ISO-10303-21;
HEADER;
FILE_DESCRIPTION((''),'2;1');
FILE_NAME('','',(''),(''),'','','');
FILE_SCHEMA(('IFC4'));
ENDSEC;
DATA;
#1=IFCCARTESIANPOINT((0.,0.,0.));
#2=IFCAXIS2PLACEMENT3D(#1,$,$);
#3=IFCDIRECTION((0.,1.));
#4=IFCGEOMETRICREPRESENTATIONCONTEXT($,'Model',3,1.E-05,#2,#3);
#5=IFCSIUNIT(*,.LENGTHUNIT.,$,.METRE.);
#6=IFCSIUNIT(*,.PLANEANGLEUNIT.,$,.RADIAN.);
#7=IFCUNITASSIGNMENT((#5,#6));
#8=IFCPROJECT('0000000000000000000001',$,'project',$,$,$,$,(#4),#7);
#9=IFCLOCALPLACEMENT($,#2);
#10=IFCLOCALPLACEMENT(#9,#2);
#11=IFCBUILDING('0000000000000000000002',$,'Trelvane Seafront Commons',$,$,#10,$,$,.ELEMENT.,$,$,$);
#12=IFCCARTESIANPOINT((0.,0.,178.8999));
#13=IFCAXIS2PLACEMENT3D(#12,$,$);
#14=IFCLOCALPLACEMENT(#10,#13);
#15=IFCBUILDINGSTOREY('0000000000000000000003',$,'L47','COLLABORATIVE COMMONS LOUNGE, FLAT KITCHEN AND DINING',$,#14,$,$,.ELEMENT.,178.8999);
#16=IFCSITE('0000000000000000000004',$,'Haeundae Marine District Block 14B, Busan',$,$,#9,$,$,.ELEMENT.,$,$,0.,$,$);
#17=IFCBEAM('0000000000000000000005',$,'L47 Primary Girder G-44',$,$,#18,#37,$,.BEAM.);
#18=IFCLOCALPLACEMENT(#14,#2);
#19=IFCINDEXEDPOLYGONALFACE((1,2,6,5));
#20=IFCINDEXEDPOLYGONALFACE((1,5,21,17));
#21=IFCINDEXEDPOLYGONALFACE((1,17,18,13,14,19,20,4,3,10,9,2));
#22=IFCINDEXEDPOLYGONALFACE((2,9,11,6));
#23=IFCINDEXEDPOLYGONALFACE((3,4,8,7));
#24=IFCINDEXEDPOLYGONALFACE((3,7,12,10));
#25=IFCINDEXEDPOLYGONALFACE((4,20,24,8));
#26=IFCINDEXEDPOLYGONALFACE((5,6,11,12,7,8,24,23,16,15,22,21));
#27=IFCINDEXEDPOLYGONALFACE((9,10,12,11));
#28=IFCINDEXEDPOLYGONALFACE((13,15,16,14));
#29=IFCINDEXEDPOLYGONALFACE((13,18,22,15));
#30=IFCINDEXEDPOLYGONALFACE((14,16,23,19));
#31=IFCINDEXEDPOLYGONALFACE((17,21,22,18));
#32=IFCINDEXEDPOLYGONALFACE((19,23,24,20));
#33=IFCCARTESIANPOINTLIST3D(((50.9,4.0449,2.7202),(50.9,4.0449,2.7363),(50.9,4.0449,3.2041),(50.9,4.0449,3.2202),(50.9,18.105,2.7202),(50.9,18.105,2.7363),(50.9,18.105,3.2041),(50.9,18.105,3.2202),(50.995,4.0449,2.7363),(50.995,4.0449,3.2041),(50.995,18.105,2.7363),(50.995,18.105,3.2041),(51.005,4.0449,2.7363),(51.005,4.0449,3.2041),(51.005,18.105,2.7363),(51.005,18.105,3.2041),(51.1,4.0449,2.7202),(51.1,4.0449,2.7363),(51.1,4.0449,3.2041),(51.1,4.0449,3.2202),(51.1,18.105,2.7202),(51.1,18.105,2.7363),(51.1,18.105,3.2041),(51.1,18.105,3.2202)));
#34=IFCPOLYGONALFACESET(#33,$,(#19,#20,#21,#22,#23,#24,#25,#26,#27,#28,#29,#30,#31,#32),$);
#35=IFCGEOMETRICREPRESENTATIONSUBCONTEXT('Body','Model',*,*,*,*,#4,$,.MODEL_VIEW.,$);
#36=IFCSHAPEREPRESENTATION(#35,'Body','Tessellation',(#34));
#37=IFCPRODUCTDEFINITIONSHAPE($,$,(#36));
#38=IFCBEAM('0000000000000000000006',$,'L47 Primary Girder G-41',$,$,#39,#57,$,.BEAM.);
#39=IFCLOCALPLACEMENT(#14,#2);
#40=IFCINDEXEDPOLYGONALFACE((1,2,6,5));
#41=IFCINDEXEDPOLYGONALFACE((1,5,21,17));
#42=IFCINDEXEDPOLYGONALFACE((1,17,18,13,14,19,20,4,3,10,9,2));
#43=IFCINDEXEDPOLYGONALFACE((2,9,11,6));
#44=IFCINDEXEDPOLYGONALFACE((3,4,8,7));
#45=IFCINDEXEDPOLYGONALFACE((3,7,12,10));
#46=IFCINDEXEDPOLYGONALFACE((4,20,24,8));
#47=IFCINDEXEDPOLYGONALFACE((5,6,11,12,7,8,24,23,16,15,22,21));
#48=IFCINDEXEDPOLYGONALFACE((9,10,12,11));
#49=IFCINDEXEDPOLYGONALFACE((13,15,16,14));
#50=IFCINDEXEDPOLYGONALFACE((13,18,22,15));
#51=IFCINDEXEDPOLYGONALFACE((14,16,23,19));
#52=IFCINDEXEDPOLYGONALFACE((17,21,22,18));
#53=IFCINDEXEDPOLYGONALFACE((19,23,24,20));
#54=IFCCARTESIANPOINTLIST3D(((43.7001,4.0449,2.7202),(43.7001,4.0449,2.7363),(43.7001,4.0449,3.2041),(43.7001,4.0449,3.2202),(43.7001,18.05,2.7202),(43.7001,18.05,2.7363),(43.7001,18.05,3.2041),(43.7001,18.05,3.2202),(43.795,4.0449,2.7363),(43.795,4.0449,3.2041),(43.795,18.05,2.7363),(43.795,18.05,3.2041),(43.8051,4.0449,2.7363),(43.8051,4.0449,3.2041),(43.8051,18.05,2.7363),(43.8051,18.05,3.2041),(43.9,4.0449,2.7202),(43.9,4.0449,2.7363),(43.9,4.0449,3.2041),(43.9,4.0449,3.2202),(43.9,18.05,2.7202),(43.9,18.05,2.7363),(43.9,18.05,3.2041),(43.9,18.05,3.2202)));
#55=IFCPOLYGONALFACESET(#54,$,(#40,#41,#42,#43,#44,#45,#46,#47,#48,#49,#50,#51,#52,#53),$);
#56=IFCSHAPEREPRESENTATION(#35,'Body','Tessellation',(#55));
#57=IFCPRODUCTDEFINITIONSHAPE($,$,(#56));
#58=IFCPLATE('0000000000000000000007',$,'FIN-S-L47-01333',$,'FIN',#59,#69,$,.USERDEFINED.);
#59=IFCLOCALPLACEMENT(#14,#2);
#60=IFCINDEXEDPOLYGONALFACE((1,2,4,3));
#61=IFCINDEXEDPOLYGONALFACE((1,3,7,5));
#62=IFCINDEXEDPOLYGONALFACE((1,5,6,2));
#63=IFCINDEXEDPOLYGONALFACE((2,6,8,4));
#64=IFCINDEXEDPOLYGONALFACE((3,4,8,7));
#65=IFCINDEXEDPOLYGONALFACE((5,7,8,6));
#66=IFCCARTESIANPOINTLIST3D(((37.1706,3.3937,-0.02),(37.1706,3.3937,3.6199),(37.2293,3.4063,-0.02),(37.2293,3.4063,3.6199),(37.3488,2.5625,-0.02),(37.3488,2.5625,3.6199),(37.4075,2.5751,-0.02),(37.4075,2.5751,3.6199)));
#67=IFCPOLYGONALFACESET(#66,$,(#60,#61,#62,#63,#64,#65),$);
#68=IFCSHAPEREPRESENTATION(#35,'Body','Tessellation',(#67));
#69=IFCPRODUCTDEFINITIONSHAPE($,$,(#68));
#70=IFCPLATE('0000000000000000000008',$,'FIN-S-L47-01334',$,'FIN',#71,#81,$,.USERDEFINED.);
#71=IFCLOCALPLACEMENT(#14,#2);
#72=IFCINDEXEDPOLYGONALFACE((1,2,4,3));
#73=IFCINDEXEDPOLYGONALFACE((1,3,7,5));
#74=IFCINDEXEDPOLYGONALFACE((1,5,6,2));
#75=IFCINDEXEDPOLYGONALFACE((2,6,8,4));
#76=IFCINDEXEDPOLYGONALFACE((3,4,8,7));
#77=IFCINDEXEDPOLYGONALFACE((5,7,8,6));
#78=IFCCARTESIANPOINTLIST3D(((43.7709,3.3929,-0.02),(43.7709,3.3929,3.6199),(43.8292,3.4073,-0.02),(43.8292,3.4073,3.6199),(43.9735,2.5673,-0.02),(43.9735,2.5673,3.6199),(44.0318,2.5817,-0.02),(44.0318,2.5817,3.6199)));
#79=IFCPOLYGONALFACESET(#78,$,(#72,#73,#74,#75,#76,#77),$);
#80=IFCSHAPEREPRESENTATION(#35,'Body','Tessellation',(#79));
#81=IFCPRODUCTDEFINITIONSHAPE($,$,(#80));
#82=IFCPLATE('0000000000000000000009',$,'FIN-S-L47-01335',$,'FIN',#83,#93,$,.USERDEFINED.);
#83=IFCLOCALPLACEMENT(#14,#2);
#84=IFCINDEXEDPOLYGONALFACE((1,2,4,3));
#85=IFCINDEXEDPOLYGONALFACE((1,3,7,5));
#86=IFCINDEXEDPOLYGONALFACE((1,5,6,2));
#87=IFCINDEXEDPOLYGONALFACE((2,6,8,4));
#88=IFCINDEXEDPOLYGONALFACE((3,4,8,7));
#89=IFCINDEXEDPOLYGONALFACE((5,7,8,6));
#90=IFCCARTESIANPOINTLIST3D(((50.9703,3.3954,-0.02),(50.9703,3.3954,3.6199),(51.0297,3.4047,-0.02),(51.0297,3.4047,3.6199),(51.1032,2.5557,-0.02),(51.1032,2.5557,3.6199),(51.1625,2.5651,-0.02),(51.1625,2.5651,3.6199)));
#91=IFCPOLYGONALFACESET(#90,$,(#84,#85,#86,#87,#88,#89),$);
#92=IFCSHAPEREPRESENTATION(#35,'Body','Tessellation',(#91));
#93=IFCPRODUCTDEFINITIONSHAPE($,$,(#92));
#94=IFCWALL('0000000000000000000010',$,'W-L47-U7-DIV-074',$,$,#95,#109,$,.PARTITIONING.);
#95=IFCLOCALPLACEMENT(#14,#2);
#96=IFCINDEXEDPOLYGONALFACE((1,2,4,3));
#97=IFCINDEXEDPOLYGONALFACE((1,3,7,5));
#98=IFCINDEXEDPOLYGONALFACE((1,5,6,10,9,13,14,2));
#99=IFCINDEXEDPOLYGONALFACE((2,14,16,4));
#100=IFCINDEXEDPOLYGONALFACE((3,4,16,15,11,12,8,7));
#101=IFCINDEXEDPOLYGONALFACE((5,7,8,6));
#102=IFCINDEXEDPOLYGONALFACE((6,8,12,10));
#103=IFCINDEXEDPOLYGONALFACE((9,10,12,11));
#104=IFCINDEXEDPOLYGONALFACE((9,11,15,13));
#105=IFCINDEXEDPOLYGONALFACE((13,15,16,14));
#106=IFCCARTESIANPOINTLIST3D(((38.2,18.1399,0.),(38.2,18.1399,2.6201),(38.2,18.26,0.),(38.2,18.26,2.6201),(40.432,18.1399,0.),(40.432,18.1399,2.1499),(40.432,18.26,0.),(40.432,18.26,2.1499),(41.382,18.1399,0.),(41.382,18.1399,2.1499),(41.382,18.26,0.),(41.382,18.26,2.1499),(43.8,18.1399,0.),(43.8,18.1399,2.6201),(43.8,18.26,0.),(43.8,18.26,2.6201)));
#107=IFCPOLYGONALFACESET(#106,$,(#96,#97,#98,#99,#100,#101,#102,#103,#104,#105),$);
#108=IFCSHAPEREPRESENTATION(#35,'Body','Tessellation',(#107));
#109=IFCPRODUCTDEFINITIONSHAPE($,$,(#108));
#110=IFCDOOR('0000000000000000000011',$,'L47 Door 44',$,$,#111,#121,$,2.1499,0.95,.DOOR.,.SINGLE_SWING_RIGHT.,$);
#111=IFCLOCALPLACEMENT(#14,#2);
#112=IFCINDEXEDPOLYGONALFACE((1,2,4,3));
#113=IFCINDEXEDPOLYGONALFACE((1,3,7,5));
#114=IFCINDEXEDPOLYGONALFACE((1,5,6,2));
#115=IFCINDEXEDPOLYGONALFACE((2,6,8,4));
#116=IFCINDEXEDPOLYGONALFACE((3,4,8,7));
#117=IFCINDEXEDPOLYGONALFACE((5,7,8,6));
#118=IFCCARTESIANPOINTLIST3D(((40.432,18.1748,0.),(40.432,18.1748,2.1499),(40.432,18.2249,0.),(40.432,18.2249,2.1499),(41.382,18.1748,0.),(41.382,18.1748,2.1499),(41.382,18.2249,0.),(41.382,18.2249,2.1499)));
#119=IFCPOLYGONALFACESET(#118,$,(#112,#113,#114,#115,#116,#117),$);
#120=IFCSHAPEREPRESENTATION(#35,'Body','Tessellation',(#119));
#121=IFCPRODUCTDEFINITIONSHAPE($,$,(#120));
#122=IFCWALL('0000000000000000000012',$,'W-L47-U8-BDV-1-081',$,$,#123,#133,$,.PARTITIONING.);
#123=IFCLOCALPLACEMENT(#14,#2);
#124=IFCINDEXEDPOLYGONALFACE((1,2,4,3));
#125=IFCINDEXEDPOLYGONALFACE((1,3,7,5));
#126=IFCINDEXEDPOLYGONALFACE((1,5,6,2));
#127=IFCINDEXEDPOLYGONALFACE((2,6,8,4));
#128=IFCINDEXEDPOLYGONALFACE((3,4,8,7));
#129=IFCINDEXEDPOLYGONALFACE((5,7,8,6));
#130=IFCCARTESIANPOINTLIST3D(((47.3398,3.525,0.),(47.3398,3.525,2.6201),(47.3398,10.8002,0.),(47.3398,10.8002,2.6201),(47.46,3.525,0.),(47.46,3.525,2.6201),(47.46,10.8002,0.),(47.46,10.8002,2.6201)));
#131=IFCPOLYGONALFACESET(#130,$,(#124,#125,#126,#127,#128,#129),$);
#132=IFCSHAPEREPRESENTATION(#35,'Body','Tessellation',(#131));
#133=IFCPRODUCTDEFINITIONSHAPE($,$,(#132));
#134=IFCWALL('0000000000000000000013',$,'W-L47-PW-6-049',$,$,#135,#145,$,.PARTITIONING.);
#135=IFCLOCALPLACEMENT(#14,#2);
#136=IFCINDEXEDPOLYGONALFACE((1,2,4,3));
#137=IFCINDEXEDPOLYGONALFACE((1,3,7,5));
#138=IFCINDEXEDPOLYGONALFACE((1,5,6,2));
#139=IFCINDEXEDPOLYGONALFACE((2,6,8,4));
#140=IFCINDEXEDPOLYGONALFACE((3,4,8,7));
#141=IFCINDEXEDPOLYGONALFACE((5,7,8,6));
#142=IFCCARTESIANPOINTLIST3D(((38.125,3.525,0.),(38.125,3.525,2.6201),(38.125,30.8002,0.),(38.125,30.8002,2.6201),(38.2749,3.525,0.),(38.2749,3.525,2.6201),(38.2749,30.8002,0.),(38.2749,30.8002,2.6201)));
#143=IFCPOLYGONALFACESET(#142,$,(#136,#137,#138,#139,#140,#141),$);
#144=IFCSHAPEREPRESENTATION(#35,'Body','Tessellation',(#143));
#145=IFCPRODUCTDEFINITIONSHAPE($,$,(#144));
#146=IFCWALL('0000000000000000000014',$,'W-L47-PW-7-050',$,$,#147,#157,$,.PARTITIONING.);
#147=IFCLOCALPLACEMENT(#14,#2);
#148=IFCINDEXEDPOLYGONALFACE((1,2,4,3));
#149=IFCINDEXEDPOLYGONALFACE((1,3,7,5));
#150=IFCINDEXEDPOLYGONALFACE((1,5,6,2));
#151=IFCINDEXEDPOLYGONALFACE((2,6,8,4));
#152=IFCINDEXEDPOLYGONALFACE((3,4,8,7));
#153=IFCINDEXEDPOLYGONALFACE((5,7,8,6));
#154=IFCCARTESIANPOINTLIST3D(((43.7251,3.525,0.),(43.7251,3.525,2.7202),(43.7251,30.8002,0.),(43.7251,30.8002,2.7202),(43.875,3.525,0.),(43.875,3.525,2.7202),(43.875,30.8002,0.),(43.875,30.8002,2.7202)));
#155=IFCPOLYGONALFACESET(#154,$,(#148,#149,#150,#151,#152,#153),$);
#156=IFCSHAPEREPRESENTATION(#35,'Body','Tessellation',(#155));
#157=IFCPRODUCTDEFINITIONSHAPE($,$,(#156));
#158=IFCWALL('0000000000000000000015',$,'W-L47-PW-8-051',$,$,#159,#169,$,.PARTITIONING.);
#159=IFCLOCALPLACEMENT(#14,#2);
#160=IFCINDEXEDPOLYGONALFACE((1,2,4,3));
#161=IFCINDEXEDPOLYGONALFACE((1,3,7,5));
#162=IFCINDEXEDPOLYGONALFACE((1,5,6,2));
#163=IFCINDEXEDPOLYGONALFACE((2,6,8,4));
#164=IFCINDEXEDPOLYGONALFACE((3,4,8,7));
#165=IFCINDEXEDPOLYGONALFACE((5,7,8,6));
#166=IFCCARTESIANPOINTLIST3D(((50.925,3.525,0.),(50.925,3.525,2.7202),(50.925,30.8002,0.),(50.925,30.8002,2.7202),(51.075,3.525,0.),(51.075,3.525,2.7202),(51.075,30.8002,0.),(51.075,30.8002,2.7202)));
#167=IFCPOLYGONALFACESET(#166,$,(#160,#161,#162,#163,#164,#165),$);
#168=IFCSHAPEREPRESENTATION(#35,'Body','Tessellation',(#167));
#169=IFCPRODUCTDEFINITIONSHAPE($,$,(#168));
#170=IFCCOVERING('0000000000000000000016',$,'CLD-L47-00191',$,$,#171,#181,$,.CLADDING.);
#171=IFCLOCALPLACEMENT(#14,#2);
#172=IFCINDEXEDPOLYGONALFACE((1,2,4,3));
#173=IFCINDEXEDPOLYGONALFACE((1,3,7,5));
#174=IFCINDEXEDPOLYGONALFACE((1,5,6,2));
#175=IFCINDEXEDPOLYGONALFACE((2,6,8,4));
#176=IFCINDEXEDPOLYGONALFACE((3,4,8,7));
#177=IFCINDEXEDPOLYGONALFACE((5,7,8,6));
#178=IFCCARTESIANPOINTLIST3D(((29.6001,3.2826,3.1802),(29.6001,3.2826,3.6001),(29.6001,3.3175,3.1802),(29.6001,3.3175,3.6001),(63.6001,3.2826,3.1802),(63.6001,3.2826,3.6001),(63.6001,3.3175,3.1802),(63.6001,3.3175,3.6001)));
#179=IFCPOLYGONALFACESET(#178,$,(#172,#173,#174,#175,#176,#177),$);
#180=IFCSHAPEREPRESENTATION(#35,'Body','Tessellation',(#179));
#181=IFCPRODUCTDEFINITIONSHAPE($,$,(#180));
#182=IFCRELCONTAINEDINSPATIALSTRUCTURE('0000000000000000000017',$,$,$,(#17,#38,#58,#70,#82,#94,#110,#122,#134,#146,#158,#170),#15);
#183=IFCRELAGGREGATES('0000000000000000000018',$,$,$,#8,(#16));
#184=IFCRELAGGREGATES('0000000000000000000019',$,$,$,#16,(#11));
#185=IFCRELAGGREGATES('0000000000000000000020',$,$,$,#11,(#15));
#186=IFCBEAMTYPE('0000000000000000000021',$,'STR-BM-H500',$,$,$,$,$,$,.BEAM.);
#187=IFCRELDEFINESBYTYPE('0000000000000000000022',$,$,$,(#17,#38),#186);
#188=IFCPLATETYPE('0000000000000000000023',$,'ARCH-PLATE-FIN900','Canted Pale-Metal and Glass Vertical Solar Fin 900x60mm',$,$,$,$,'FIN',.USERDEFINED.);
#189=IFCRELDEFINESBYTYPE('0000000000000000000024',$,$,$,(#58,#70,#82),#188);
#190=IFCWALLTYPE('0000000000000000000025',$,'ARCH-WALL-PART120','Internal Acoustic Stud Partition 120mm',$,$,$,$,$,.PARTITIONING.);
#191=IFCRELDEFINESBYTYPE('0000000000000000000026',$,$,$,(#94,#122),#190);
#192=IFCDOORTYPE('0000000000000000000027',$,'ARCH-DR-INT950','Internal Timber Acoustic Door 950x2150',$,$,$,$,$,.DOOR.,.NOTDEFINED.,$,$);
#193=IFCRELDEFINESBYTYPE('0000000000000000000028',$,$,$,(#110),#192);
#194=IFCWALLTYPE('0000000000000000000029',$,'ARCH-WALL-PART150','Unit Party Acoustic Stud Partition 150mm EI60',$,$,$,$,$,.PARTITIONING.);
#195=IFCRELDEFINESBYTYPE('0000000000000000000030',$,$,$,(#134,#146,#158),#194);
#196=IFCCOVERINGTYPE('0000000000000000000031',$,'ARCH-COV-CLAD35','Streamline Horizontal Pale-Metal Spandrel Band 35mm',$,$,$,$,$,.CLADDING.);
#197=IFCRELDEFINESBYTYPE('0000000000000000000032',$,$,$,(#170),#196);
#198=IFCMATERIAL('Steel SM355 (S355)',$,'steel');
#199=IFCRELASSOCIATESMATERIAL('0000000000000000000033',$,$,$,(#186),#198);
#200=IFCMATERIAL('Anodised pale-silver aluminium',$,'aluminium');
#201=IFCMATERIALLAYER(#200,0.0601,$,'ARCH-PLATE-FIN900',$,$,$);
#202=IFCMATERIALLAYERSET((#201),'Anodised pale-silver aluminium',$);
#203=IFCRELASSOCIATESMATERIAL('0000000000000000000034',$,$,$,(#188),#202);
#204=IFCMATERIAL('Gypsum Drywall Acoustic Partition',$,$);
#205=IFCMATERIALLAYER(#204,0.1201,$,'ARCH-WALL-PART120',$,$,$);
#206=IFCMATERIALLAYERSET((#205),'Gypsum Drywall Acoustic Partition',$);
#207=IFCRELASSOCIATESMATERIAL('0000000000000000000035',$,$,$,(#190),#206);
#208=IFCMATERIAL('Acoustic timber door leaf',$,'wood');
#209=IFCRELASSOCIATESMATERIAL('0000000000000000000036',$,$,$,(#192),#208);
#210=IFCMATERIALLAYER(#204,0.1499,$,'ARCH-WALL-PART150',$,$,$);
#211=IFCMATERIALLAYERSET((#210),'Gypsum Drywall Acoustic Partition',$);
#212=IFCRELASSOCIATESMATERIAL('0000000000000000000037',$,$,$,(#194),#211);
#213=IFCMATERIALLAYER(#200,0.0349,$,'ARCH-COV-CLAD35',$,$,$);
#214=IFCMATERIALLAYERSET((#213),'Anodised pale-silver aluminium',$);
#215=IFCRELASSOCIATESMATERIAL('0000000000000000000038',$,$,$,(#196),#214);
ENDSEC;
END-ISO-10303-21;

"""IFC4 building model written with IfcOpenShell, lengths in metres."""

from ifc_helpers import new_model, si_unit, direction, frame, frame_2d, origin, origin_2d, place, context, subcontext, project, spatial, rectangle, i_section, extrude, source, transform, mapped, material, layer, layer_set, material_profile, profile_set, type_object, element, fill, save


model = new_model("IFC4")

# Units and contexts
model_context = context("Model", 3, precision=1e-05, world=origin(), true_north=direction((0.0, 1.0)))
body_context = subcontext(model_context, "Body", "Model", "MODEL_VIEW")
ifc_project = project(units=[si_unit("LENGTHUNIT", "METRE"), si_unit("PLANEANGLEUNIT", "RADIAN")], contexts=[model_context])

# Site, building, storey
site_placement = place(None, origin())
site = spatial("IfcSite", under=ifc_project, at=site_placement, Name="Haeundae Marine District Block 14B, Busan", CompositionType="ELEMENT", RefElevation=0.0)
building_placement = place(site_placement, origin())
building = spatial("IfcBuilding", under=site, at=building_placement, Name="Trelvane Seafront Commons", CompositionType="ELEMENT")
storey_placement = place(building_placement, frame((0.0, 0.0, 178.8999)))
storey = spatial("IfcBuildingStorey", under=building, at=storey_placement, Name="L47", Description="COLLABORATIVE COMMONS LOUNGE, FLAT KITCHEN AND DINING", CompositionType="ELEMENT", Elevation=178.8999)

# Shared definitions
ifc_material_1 = material(Name="Steel SM355 (S355)", Category="steel")

# Beams
ifc_material_profile_1 = material_profile(ifc_material_1, i_section(OverallWidth=0.2, OverallDepth=0.5, WebThickness=0.01, FlangeThickness=0.0161, at=origin_2d()), Name="H-500x200x10x16")
ifc_profile_set_1 = profile_set([ifc_material_profile_1], Name="Steel SM355 (S355)")
beam_type_1 = type_object("IfcBeamType", Name="STR-BM-H500", PredefinedType="BEAM", material=ifc_profile_set_1)
shared_shape_1 = source(origin(), body_context, "Body", "SweptSolid", [
    extrude(i_section(OverallWidth=0.2, OverallDepth=0.5, WebThickness=0.01, FlangeThickness=0.0161, at=origin_2d()), origin(), (0.0, 0.0, 1.0), 14.0601),
])
beam_1_placement = place(storey_placement, frame((51.0, 4.0449, 2.9702), z_axis=(0.0, 1.0, 0.0), x_axis=(-1.0, 0.0, 0.0)))
element("IfcBeam", 1, at=beam_1_placement, inside=storey, type_object=beam_type_1, Name="L47 Primary Girder G-44", PredefinedType="BEAM", context=body_context, shape_type="MappedRepresentation", body=[
    mapped(shared_shape_1, transform((0.0, 0.0, 0.0), x_axis=(1.0, 0.0, 0.0), y_axis=(0.0, 1.0, 0.0), z_axis=(0.0, 0.0, 1.0), scale=1.0)),
])
shared_shape_2 = source(origin(), body_context, "Body", "SweptSolid", [
    extrude(i_section(OverallWidth=0.2, OverallDepth=0.5, WebThickness=0.01, FlangeThickness=0.0161, at=origin_2d()), origin(), (0.0, 0.0, 1.0), 14.0051),
])
beam_2_placement = place(storey_placement, frame((43.8, 4.0449, 2.9702), z_axis=(0.0, 1.0, 0.0), x_axis=(-1.0, 0.0, 0.0)))
element("IfcBeam", 2, at=beam_2_placement, inside=storey, type_object=beam_type_1, Name="L47 Primary Girder G-41", PredefinedType="BEAM", context=body_context, shape_type="MappedRepresentation", body=[
    mapped(shared_shape_2, transform((0.0, 0.0, 0.0), x_axis=(1.0, 0.0, 0.0), y_axis=(0.0, 1.0, 0.0), z_axis=(0.0, 0.0, 1.0), scale=1.0)),
])

# Plates
ifc_material_2 = material(Name="Anodised pale-silver aluminium", Category="aluminium")
ifc_layer_1 = layer(ifc_material_2, 0.0601, Name="ARCH-PLATE-FIN900")
ifc_layer_set_1 = layer_set([ifc_layer_1], Name="Anodised pale-silver aluminium")
plate_type = type_object("IfcPlateType", Name="ARCH-PLATE-FIN900", Description="Canted Pale-Metal and Glass Vertical Solar Fin 900x60mm", ElementType="FIN", PredefinedType="USERDEFINED", material=ifc_layer_set_1)
shared_shape_3 = source(origin(), body_context, "Body", "SweptSolid", [
    extrude(rectangle(XDim=0.8501, YDim=0.0601, at=origin_2d()), origin(), (0.0, 0.0, 1.0), 3.6399),
])
for number, where, z_axis, x_axis, name in (
    (3, (37.2891, 2.9844, -0.02), (0.0, 0.0, 1.0), (0.209649, -0.977777, 0.0), "FIN-S-L47-01333"),
    (4, (43.9014, 2.9873, -0.02), (0.0, 0.0, 1.0), (0.238354, -0.971178, 0.0), "FIN-S-L47-01334"),
    (5, (51.0664, 2.9802, -0.02), (0.0, 0.0, 1.0), (0.156228, -0.987721, 0.0), "FIN-S-L47-01335"),
):
    element("IfcPlate", number, at=place(storey_placement, frame(where, z_axis=z_axis, x_axis=x_axis)), inside=storey, type_object=plate_type, Name=name, ObjectType="FIN", PredefinedType="USERDEFINED", context=body_context, shape_type="MappedRepresentation", body=[
        mapped(shared_shape_3, transform((0.0, 0.0, 0.0), x_axis=(1.0, 0.0, 0.0), y_axis=(0.0, 1.0, 0.0), z_axis=(0.0, 0.0, 1.0), scale=1.0)),
    ])

# Wall, opening, door
ifc_material_3 = material(Name="Gypsum Drywall Acoustic Partition")
ifc_layer_2 = layer(ifc_material_3, 0.1201, Name="ARCH-WALL-PART120")
ifc_layer_set_2 = layer_set([ifc_layer_2], Name="Gypsum Drywall Acoustic Partition")
wall_type_1 = type_object("IfcWallType", Name="ARCH-WALL-PART120", Description="Internal Acoustic Stud Partition 120mm", PredefinedType="PARTITIONING", material=ifc_layer_set_2)
wall_1_placement = place(storey_placement, frame((38.2, 18.2, 0.0), z_axis=(0.0, 0.0, 1.0), x_axis=(1.0, 0.0, 0.0)))
wall_1 = element("IfcWall", 6, at=wall_1_placement, inside=storey, type_object=wall_type_1, Name="W-L47-U7-DIV-074", PredefinedType="PARTITIONING", context=body_context, shape_type="SweptSolid", body=[
    extrude(rectangle(XDim=5.6001, YDim=0.1201, at=frame_2d((2.8, 0.0))), origin(), (0.0, 0.0, 1.0), 2.6201),
])
opening_1_placement = place(wall_1_placement, frame((2.2319, 0.0, 0.0)))
opening_1 = element("IfcOpeningElement", 7, at=opening_1_placement, cuts=wall_1, PredefinedType="OPENING", context=body_context, shape_type="SweptSolid", body=[
    extrude(rectangle(XDim=0.95, YDim=2.1499, at=frame_2d((0.4751, 1.075))), frame((0.0, 0.0701, 0.0), z_axis=(0.0, -1.0, 0.0), x_axis=(1.0, 0.0, 0.0)), (0.0, 0.0, 1.0), 0.1401),
])
ifc_material_4 = material(Name="Acoustic timber door leaf", Category="wood")
door_type = type_object("IfcDoorType", Name="ARCH-DR-INT950", Description="Internal Timber Acoustic Door 950x2150", OperationType="NOTDEFINED", PredefinedType="DOOR", material=ifc_material_4)
shared_shape_4 = source(origin(), body_context, "Body", "SweptSolid", [
    extrude(rectangle(XDim=0.95, YDim=2.1499, at=frame_2d((0.4751, 1.075))), frame((0.0, 0.0249, 0.0), z_axis=(0.0, -1.0, 0.0), x_axis=(1.0, 0.0, 0.0)), (0.0, 0.0, 1.0), 0.05),
])
door_1_placement = place(opening_1_placement, origin())
door_1 = element("IfcDoor", 8, at=door_1_placement, inside=storey, type_object=door_type, Name="L47 Door 44", OperationType="SINGLE_SWING_RIGHT", OverallHeight=2.1499, OverallWidth=0.95, PredefinedType="DOOR", context=body_context, shape_type="MappedRepresentation", body=[
    mapped(shared_shape_4, transform((0.0, 0.0, 0.0), x_axis=(1.0, 0.0, 0.0), y_axis=(0.0, 1.0, 0.0), z_axis=(0.0, 0.0, 1.0), scale=1.0)),
])
fill(opening_1, door_1)

# Wall
wall_2_placement = place(storey_placement, frame((47.3999, 3.5249, 0.0), z_axis=(0.0, 0.0, 1.0), x_axis=(0.0, 1.0, 0.0)))
element("IfcWall", 9, at=wall_2_placement, inside=storey, type_object=wall_type_1, Name="W-L47-U8-BDV-1-081", PredefinedType="PARTITIONING", context=body_context, shape_type="SweptSolid", body=[
    extrude(rectangle(XDim=7.2751, YDim=0.1201, at=frame_2d((3.6377, 0.0))), origin(), (0.0, 0.0, 1.0), 2.6201),
])

# Walls
ifc_layer_3 = layer(ifc_material_3, 0.1499, Name="ARCH-WALL-PART150")
ifc_layer_set_3 = layer_set([ifc_layer_3], Name="Gypsum Drywall Acoustic Partition")
wall_type_2 = type_object("IfcWallType", Name="ARCH-WALL-PART150", Description="Unit Party Acoustic Stud Partition 150mm EI60", PredefinedType="PARTITIONING", material=ifc_layer_set_3)
wall_3_placement = place(storey_placement, frame((38.2, 3.5249, 0.0), z_axis=(0.0, 0.0, 1.0), x_axis=(0.0, 1.0, 0.0)))
element("IfcWall", 10, at=wall_3_placement, inside=storey, type_object=wall_type_2, Name="W-L47-PW-6-049", PredefinedType="PARTITIONING", context=body_context, shape_type="SweptSolid", body=[
    extrude(rectangle(XDim=27.2751, YDim=0.1499, at=frame_2d((13.6377, 0.0))), origin(), (0.0, 0.0, 1.0), 2.6201),
])
for number, where, z_axis, x_axis, name in (
    (11, (43.8, 3.5249, 0.0), (0.0, 0.0, 1.0), (0.0, 1.0, 0.0), "W-L47-PW-7-050"),
    (12, (51.0, 3.5249, 0.0), (0.0, 0.0, 1.0), (0.0, 1.0, 0.0), "W-L47-PW-8-051"),
):
    element("IfcWall", number, at=place(storey_placement, frame(where, z_axis=z_axis, x_axis=x_axis)), inside=storey, type_object=wall_type_2, Name=name, PredefinedType="PARTITIONING", context=body_context, shape_type="SweptSolid", body=[
        extrude(rectangle(XDim=27.2751, YDim=0.1499, at=frame_2d((13.6377, 0.0))), origin(), (0.0, 0.0, 1.0), 2.7202),
    ])

# Covering
ifc_layer_4 = layer(ifc_material_2, 0.0349, Name="ARCH-COV-CLAD35")
ifc_layer_set_4 = layer_set([ifc_layer_4], Name="Anodised pale-silver aluminium")
covering_type = type_object("IfcCoveringType", Name="ARCH-COV-CLAD35", Description="Streamline Horizontal Pale-Metal Spandrel Band 35mm", PredefinedType="CLADDING", material=ifc_layer_set_4)
shared_shape_5 = source(origin(), body_context, "Body", "SweptSolid", [
    extrude(rectangle(XDim=34.0, YDim=0.0349, at=origin_2d()), origin(), (0.0, 0.0, 1.0), 0.4199),
])
covering_placement = place(storey_placement, frame((46.6001, 3.3, 3.1802), z_axis=(0.0, 0.0, 1.0), x_axis=(-1.0, 0.0, 0.0)))
element("IfcCovering", 13, at=covering_placement, inside=storey, type_object=covering_type, Name="CLD-L47-00191", PredefinedType="CLADDING", context=body_context, shape_type="MappedRepresentation", body=[
    mapped(shared_shape_5, transform((0.0, 0.0, 0.0), x_axis=(1.0, 0.0, 0.0), y_axis=(0.0, 1.0, 0.0), z_axis=(0.0, 0.0, 1.0), scale=1.0)),
])

save(model, "model.ifc")
